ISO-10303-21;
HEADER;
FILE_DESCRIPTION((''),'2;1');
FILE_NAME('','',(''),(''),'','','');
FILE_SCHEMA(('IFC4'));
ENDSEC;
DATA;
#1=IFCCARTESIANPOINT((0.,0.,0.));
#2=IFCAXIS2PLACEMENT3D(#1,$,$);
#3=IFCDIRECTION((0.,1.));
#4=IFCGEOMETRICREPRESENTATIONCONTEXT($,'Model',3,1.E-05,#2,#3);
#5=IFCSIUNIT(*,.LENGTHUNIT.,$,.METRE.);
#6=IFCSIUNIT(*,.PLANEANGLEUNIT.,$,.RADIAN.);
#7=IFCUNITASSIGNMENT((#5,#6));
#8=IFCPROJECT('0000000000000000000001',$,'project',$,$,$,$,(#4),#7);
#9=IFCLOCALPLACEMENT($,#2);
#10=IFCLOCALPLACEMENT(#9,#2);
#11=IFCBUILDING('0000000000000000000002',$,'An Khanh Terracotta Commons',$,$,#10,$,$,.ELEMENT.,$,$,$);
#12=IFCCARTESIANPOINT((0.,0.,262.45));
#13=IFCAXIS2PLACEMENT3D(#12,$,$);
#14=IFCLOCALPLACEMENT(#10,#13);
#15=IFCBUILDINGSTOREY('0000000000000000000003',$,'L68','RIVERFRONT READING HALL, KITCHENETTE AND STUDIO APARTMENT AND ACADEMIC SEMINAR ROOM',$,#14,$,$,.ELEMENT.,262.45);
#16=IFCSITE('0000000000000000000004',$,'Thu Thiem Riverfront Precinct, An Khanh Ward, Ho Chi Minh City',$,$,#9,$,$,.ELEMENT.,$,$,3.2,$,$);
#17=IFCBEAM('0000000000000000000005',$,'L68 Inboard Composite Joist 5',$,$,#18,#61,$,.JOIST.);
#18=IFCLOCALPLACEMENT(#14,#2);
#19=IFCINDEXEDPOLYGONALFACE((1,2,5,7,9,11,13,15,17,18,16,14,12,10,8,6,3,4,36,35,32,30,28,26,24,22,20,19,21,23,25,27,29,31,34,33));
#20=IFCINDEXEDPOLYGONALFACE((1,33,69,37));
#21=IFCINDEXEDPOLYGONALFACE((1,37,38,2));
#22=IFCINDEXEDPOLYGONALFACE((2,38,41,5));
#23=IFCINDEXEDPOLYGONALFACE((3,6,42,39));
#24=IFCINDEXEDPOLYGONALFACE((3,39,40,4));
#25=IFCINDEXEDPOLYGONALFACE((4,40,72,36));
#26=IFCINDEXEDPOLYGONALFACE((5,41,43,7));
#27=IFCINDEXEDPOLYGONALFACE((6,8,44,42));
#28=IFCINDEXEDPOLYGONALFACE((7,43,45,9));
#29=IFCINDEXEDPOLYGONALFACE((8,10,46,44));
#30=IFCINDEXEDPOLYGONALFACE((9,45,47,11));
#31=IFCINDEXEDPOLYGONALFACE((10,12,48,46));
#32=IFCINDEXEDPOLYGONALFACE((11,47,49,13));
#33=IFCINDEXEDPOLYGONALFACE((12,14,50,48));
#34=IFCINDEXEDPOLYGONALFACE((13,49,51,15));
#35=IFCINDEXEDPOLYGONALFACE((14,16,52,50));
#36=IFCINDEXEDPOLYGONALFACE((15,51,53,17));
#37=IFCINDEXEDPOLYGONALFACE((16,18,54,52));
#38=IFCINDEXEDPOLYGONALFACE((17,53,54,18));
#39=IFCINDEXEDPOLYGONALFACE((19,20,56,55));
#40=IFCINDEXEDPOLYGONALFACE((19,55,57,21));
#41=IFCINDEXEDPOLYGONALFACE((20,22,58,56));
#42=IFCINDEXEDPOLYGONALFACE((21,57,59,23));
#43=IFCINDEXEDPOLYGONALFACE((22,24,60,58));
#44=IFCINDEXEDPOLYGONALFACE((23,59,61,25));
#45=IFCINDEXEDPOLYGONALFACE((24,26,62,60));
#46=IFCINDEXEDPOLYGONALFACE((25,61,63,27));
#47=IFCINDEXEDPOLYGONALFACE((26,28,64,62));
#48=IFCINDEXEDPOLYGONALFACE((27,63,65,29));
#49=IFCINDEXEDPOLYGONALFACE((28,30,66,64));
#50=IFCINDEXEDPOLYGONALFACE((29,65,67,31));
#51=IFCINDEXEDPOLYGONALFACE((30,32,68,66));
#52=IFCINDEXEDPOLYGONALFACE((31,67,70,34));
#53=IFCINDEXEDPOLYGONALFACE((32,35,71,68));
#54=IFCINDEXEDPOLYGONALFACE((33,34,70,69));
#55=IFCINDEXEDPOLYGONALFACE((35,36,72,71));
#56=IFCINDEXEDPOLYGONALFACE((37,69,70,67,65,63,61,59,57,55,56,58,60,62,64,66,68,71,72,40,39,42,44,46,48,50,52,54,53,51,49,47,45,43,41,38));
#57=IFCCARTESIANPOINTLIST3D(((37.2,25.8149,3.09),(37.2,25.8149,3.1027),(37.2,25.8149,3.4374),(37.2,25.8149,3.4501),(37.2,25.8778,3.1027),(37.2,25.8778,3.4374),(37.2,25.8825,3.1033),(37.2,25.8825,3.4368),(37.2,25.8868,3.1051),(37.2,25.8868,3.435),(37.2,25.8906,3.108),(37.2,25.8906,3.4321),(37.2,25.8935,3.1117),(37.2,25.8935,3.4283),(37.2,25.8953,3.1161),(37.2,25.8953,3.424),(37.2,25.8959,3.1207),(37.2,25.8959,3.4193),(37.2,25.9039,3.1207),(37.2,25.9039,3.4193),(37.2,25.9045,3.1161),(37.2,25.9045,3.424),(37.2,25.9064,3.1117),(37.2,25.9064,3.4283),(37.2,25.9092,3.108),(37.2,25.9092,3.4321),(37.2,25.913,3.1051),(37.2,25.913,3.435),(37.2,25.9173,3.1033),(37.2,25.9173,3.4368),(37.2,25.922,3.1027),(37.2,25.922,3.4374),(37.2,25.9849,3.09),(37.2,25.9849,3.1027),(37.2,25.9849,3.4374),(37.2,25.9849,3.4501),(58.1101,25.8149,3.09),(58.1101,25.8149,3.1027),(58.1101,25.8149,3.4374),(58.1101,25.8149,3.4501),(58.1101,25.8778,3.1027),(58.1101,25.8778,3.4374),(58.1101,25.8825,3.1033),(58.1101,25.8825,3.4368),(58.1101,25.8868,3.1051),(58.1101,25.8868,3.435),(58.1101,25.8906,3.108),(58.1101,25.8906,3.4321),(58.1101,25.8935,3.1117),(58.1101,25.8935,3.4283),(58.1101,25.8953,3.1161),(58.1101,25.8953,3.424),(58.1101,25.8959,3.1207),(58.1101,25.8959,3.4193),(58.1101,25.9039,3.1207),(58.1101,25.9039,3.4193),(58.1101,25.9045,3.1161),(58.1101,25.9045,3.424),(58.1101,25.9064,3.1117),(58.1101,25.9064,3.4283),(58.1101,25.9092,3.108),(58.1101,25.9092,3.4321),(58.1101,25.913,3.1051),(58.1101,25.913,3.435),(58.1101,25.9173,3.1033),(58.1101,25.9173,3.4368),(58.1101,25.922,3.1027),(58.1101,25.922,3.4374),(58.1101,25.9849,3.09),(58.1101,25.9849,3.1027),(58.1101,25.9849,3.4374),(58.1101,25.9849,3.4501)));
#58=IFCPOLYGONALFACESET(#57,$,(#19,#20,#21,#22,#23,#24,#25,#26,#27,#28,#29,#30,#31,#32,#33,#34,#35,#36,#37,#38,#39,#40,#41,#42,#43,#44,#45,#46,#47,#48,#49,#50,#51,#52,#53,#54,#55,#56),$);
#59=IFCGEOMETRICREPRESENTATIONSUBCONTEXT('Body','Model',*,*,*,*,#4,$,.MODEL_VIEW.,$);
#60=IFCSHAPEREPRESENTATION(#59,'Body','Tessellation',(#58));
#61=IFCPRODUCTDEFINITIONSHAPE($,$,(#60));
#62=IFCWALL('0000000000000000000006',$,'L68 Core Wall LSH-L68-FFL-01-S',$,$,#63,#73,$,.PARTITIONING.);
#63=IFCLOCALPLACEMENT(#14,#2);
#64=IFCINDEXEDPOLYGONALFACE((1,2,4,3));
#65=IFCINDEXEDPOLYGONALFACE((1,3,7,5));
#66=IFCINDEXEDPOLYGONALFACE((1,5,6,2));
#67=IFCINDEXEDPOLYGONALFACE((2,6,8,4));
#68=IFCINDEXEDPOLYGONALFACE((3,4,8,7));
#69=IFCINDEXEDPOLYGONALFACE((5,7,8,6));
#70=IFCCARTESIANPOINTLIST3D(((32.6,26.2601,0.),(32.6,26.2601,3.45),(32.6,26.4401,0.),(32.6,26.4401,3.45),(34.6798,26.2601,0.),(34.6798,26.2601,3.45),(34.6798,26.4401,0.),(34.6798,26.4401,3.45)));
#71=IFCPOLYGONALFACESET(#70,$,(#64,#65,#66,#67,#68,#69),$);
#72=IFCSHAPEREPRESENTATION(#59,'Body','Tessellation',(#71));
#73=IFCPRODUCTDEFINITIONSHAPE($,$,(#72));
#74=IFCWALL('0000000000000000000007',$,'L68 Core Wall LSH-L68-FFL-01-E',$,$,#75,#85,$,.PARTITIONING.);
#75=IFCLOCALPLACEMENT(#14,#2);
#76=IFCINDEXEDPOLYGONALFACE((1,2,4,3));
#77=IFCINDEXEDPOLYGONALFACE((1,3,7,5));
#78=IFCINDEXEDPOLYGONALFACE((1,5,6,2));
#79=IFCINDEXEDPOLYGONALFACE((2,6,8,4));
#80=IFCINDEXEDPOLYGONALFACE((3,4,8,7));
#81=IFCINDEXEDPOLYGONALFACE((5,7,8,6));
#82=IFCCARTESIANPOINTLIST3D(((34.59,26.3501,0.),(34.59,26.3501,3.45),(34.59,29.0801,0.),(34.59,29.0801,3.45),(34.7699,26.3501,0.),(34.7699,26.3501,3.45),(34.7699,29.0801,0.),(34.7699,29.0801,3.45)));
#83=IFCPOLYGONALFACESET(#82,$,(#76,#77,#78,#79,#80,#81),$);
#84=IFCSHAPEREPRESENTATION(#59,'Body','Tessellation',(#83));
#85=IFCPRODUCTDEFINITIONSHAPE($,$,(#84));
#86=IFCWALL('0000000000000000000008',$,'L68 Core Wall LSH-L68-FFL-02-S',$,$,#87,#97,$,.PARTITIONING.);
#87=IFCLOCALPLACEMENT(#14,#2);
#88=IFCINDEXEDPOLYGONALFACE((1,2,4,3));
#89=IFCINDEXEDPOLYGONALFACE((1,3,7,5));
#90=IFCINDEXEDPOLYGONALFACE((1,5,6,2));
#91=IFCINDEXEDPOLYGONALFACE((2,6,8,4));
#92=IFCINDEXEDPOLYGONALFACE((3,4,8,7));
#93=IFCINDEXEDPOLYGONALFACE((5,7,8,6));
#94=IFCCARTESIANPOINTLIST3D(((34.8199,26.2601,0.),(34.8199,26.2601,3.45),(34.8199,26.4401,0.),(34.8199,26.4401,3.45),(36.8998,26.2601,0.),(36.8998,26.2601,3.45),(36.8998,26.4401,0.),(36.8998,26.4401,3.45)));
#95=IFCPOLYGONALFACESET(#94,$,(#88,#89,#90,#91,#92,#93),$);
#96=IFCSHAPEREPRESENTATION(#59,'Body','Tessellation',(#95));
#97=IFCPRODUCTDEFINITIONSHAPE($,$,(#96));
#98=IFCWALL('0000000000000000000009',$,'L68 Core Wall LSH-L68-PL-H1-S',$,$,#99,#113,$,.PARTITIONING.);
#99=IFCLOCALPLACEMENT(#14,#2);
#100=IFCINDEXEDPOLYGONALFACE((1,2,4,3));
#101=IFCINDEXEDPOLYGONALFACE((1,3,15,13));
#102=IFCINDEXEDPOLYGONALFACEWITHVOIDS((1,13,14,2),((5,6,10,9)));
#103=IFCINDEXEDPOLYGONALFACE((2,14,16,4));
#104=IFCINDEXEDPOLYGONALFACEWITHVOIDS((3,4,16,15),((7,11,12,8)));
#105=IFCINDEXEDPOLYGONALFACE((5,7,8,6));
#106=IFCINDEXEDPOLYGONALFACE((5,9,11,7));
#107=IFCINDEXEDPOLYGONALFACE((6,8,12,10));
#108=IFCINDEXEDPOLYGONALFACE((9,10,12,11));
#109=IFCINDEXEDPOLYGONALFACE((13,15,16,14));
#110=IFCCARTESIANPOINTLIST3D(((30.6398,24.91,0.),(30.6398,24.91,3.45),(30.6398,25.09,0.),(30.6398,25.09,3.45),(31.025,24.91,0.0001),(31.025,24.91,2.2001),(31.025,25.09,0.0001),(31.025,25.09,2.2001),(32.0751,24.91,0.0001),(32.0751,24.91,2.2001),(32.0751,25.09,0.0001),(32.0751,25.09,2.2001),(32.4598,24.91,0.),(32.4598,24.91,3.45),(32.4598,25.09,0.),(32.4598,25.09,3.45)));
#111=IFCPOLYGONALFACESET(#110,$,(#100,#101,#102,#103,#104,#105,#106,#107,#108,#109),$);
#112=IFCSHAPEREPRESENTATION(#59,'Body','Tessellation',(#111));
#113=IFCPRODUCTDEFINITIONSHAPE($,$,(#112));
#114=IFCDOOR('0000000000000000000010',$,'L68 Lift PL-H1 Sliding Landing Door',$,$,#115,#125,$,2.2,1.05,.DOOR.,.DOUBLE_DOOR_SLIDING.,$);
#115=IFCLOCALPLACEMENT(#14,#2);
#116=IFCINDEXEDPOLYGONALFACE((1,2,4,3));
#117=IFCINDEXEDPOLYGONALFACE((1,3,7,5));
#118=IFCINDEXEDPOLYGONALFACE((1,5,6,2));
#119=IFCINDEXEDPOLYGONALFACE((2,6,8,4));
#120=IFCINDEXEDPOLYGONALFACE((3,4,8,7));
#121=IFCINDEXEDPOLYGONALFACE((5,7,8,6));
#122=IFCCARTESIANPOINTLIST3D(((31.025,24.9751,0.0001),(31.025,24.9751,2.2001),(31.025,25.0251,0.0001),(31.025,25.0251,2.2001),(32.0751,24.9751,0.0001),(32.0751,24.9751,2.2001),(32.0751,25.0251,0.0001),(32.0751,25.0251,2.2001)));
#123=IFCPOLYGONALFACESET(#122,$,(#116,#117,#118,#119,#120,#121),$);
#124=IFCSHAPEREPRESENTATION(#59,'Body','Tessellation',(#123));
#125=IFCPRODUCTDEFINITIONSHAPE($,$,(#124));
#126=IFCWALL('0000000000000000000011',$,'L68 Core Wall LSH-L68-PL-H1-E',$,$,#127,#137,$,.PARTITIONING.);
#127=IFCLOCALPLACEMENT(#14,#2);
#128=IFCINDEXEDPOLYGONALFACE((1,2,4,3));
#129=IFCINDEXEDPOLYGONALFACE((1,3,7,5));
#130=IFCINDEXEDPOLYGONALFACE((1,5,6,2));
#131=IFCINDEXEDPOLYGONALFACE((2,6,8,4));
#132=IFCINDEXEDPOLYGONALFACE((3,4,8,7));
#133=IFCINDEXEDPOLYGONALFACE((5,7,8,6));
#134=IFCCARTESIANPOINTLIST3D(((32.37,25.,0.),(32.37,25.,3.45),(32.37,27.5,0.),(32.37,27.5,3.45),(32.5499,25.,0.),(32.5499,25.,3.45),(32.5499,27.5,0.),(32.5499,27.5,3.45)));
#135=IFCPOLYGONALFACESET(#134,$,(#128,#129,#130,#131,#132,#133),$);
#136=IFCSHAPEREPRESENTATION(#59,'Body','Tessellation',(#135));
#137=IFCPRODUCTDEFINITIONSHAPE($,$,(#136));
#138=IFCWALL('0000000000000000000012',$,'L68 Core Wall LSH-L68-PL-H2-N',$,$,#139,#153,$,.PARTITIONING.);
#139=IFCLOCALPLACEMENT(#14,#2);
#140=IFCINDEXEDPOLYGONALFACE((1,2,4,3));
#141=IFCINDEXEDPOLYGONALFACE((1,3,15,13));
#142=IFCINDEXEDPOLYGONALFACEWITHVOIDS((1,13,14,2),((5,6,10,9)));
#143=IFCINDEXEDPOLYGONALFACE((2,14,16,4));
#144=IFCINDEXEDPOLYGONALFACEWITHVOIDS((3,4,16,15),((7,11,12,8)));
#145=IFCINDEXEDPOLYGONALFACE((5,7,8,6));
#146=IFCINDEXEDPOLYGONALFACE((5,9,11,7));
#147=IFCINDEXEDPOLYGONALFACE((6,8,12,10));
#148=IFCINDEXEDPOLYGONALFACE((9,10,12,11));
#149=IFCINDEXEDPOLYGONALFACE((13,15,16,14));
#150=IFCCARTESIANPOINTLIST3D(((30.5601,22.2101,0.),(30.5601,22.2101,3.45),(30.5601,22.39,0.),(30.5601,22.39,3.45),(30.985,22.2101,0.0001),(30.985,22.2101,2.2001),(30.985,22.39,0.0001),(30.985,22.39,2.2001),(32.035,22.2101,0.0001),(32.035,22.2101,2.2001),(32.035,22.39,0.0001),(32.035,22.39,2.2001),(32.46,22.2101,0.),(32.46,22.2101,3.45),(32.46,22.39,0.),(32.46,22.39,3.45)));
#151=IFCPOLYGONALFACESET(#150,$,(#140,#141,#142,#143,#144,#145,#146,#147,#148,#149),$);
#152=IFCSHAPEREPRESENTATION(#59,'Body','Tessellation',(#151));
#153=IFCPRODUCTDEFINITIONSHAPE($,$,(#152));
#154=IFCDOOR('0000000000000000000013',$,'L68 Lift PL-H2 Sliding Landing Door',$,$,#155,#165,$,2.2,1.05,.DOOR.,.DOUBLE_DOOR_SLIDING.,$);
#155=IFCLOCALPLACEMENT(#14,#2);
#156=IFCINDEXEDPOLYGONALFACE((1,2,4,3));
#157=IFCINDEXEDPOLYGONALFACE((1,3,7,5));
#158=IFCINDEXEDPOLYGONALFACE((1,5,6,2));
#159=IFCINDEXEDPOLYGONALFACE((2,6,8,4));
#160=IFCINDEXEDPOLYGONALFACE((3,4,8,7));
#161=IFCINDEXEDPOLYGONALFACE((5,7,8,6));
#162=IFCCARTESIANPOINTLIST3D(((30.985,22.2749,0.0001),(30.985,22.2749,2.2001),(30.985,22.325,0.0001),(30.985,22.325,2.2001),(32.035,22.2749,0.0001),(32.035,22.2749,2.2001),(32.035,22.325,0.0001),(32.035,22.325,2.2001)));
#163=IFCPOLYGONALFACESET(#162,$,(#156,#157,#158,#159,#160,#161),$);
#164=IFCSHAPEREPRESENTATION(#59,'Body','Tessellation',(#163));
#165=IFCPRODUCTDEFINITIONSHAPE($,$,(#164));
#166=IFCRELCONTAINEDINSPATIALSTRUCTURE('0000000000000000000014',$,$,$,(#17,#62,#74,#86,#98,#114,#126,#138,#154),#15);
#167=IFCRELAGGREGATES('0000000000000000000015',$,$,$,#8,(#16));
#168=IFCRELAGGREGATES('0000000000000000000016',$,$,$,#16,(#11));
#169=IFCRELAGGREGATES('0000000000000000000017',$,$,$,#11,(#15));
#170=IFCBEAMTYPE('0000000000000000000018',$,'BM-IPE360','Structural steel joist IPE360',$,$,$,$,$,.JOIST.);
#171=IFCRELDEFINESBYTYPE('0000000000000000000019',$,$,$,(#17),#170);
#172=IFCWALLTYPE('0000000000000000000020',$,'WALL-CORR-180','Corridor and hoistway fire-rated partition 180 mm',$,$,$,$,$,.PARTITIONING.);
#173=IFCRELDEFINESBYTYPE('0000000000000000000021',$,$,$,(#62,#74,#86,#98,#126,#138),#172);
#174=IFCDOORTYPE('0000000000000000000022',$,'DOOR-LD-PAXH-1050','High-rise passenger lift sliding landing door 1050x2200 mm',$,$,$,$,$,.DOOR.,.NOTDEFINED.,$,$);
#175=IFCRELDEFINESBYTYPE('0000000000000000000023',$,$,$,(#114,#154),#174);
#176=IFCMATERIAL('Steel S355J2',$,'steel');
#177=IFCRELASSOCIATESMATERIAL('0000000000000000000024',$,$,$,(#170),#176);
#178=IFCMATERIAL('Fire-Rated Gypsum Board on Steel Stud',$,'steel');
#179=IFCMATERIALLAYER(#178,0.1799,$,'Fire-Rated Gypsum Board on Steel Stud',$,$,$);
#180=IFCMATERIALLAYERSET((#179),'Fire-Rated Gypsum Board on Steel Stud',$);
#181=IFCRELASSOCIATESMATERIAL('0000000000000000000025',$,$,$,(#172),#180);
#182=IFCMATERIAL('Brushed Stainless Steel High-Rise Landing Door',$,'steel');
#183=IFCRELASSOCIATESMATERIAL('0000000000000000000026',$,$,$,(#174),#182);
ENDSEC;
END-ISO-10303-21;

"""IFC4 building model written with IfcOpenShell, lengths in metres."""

from ifc_helpers import new_model, si_unit, direction, frame, frame_2d, origin, origin_2d, place, context, subcontext, project, spatial, rectangle, i_section, extrude, material, layer, layer_set, material_profile, profile_set, type_object, element, fill, save


model = new_model("IFC4")

# Units and contexts
model_context = context("Model", 3, precision=1e-05, world=origin(), true_north=direction((0.0, 1.0)))
body_context = subcontext(model_context, "Body", "Model", "MODEL_VIEW")
ifc_project = project(units=[si_unit("LENGTHUNIT", "METRE"), si_unit("PLANEANGLEUNIT", "RADIAN")], contexts=[model_context])

# Site, building, storey
site_placement = place(None, origin())
site = spatial("IfcSite", under=ifc_project, at=site_placement, Name="Thu Thiem Riverfront Precinct, An Khanh Ward, Ho Chi Minh City", CompositionType="ELEMENT", RefElevation=3.2)
building_placement = place(site_placement, origin())
building = spatial("IfcBuilding", under=site, at=building_placement, Name="An Khanh Terracotta Commons", CompositionType="ELEMENT")
storey_placement = place(building_placement, frame((0.0, 0.0, 262.45)))
storey = spatial("IfcBuildingStorey", under=building, at=storey_placement, Name="L68", Description="RIVERFRONT READING HALL, KITCHENETTE AND STUDIO APARTMENT AND ACADEMIC SEMINAR ROOM", CompositionType="ELEMENT", Elevation=262.45)

# Beam
ifc_material_1 = material(Name="Steel S355J2", Category="steel")
ifc_material_profile_1 = material_profile(ifc_material_1, i_section(OverallWidth=0.1699, OverallDepth=0.3601, WebThickness=0.0081, FlangeThickness=0.0127, FilletRadius=0.0181, at=origin_2d()), Name="IPE360")
ifc_profile_set_1 = profile_set([ifc_material_profile_1], Name="Steel S355J2")
beam_type_1 = type_object("IfcBeamType", Name="BM-IPE360", Description="Structural steel joist IPE360", PredefinedType="JOIST", material=ifc_profile_set_1)
for number, where, z_axis, x_axis, name in (
    (1, (37.2, 25.8999, 3.27), (1.0, 0.0, 0.0), (0.0, 1.0, 0.0), "L68 Inboard Composite Joist 5"),
):
    element("IfcBeam", number, at=place(storey_placement, frame(where, z_axis=z_axis, x_axis=x_axis)), inside=storey, type_object=beam_type_1, Name=name, PredefinedType="JOIST", context=body_context, shape_type="SweptSolid", body=[
        extrude(i_section(OverallWidth=0.1699, OverallDepth=0.3601, WebThickness=0.0081, FlangeThickness=0.0127, FilletRadius=0.0181, at=origin_2d()), origin(), (0.0, 0.0, 1.0), 20.9102),
    ])

# Walls
ifc_material_2 = material(Name="Fire-Rated Gypsum Board on Steel Stud", Category="steel")
ifc_layer_1 = layer(ifc_material_2, 0.1799, Name="Fire-Rated Gypsum Board on Steel Stud")
ifc_layer_set_1 = layer_set([ifc_layer_1], Name="Fire-Rated Gypsum Board on Steel Stud")
wall_type_1 = type_object("IfcWallType", Name="WALL-CORR-180", Description="Corridor and hoistway fire-rated partition 180 mm", PredefinedType="PARTITIONING", material=ifc_layer_set_1)
wall_1_placement = place(storey_placement, frame((34.6799, 26.3501, 0.0), z_axis=(0.0, 0.0, 1.0), x_axis=(-1.0, 0.0, 0.0)))
element("IfcWall", 2, at=wall_1_placement, inside=storey, type_object=wall_type_1, Name="L68 Core Wall LSH-L68-FFL-01-S", PredefinedType="PARTITIONING", context=body_context, shape_type="SweptSolid", body=[
    extrude(rectangle(XDim=2.0798, YDim=0.1799, at=frame_2d((1.04, 0.0))), origin(), (0.0, 0.0, 1.0), 3.45),
])
wall_2_placement = place(storey_placement, frame((34.6799, 26.3501, 0.0), z_axis=(0.0, 0.0, 1.0), x_axis=(0.0, 1.0, 0.0)))
element("IfcWall", 3, at=wall_2_placement, inside=storey, type_object=wall_type_1, Name="L68 Core Wall LSH-L68-FFL-01-E", PredefinedType="PARTITIONING", context=body_context, shape_type="SweptSolid", body=[
    extrude(rectangle(XDim=2.73, YDim=0.1799, at=frame_2d((1.365, 0.0))), origin(), (0.0, 0.0, 1.0), 3.45),
])
wall_3_placement = place(storey_placement, frame((36.8999, 26.3501, 0.0), z_axis=(0.0, 0.0, 1.0), x_axis=(-1.0, 0.0, 0.0)))
element("IfcWall", 4, at=wall_3_placement, inside=storey, type_object=wall_type_1, Name="L68 Core Wall LSH-L68-FFL-02-S", PredefinedType="PARTITIONING", context=body_context, shape_type="SweptSolid", body=[
    extrude(rectangle(XDim=2.0798, YDim=0.1799, at=frame_2d((1.04, 0.0))), origin(), (0.0, 0.0, 1.0), 3.45),
])

# Wall, opening, door
wall_4_placement = place(storey_placement, frame((32.46, 25.0, 0.0), z_axis=(0.0, 0.0, 1.0), x_axis=(-1.0, 0.0, 0.0)))
wall_4 = element("IfcWall", 5, at=wall_4_placement, inside=storey, type_object=wall_type_1, Name="L68 Core Wall LSH-L68-PL-H1-S", PredefinedType="PARTITIONING", context=body_context, shape_type="SweptSolid", body=[
    extrude(rectangle(XDim=1.8201, YDim=0.1799, at=frame_2d((0.9102, 0.0))), origin(), (0.0, 0.0, 1.0), 3.45),
])
opening_1_placement = place(wall_4_placement, frame((0.385, 0.0, 0.0)))
opening_1 = element("IfcOpeningElement", 6, at=opening_1_placement, cuts=wall_4, PredefinedType="OPENING", context=body_context, shape_type="SweptSolid", body=[
    extrude(rectangle(XDim=1.05, YDim=2.2, at=frame_2d((0.5249, 1.1001))), frame((0.0, 0.0999, 0.0), z_axis=(0.0, -1.0, 0.0), x_axis=(1.0, 0.0, 0.0)), (0.0, 0.0, 1.0), 0.2),
])
ifc_material_3 = material(Name="Brushed Stainless Steel High-Rise Landing Door", Category="steel")
door_type = type_object("IfcDoorType", Name="DOOR-LD-PAXH-1050", Description="High-rise passenger lift sliding landing door 1050x2200 mm", OperationType="NOTDEFINED", PredefinedType="DOOR", material=ifc_material_3)
door_1_placement = place(opening_1_placement, origin())
door_1 = element("IfcDoor", 7, at=door_1_placement, inside=storey, type_object=door_type, Name="L68 Lift PL-H1 Sliding Landing Door", OperationType="DOUBLE_DOOR_SLIDING", OverallHeight=2.2, OverallWidth=1.05, PredefinedType="DOOR", context=body_context, shape_type="SweptSolid", body=[
    extrude(rectangle(XDim=1.05, YDim=2.2, at=frame_2d((0.5249, 1.1001))), frame((0.0, 0.0249, 0.0), z_axis=(0.0, -1.0, 0.0), x_axis=(1.0, 0.0, 0.0)), (0.0, 0.0, 1.0), 0.05),
])
fill(opening_1, door_1)

# Wall
wall_5_placement = place(storey_placement, frame((32.46, 25.0, 0.0), z_axis=(0.0, 0.0, 1.0), x_axis=(0.0, 1.0, 0.0)))
element("IfcWall", 8, at=wall_5_placement, inside=storey, type_object=wall_type_1, Name="L68 Core Wall LSH-L68-PL-H1-E", PredefinedType="PARTITIONING", context=body_context, shape_type="SweptSolid", body=[
    extrude(rectangle(XDim=2.5, YDim=0.1799, at=frame_2d((1.25, 0.0))), origin(), (0.0, 0.0, 1.0), 3.45),
])

# Wall, opening, door
wall_6_placement = place(storey_placement, frame((30.5601, 22.3, 0.0), z_axis=(0.0, 0.0, 1.0), x_axis=(1.0, 0.0, 0.0)))
wall_6 = element("IfcWall", 9, at=wall_6_placement, inside=storey, type_object=wall_type_1, Name="L68 Core Wall LSH-L68-PL-H2-N", PredefinedType="PARTITIONING", context=body_context, shape_type="SweptSolid", body=[
    extrude(rectangle(XDim=1.8999, YDim=0.1799, at=frame_2d((0.95, 0.0))), origin(), (0.0, 0.0, 1.0), 3.45),
])
opening_2_placement = place(wall_6_placement, frame((0.425, 0.0, 0.0)))
opening_2 = element("IfcOpeningElement", 10, at=opening_2_placement, cuts=wall_6, PredefinedType="OPENING", context=body_context, shape_type="SweptSolid", body=[
    extrude(rectangle(XDim=1.05, YDim=2.2, at=frame_2d((0.5249, 1.1001))), frame((0.0, 0.0999, 0.0), z_axis=(0.0, -1.0, 0.0), x_axis=(1.0, 0.0, 0.0)), (0.0, 0.0, 1.0), 0.2),
])
door_2_placement = place(opening_2_placement, origin())
door_2 = element("IfcDoor", 11, at=door_2_placement, inside=storey, type_object=door_type, Name="L68 Lift PL-H2 Sliding Landing Door", OperationType="DOUBLE_DOOR_SLIDING", OverallHeight=2.2, OverallWidth=1.05, PredefinedType="DOOR", context=body_context, shape_type="SweptSolid", body=[
    extrude(rectangle(XDim=1.05, YDim=2.2, at=frame_2d((0.5249, 1.1001))), frame((0.0, 0.0249, 0.0), z_axis=(0.0, -1.0, 0.0), x_axis=(1.0, 0.0, 0.0)), (0.0, 0.0, 1.0), 0.05),
])
fill(opening_2, door_2)

save(model, "model.ifc")
